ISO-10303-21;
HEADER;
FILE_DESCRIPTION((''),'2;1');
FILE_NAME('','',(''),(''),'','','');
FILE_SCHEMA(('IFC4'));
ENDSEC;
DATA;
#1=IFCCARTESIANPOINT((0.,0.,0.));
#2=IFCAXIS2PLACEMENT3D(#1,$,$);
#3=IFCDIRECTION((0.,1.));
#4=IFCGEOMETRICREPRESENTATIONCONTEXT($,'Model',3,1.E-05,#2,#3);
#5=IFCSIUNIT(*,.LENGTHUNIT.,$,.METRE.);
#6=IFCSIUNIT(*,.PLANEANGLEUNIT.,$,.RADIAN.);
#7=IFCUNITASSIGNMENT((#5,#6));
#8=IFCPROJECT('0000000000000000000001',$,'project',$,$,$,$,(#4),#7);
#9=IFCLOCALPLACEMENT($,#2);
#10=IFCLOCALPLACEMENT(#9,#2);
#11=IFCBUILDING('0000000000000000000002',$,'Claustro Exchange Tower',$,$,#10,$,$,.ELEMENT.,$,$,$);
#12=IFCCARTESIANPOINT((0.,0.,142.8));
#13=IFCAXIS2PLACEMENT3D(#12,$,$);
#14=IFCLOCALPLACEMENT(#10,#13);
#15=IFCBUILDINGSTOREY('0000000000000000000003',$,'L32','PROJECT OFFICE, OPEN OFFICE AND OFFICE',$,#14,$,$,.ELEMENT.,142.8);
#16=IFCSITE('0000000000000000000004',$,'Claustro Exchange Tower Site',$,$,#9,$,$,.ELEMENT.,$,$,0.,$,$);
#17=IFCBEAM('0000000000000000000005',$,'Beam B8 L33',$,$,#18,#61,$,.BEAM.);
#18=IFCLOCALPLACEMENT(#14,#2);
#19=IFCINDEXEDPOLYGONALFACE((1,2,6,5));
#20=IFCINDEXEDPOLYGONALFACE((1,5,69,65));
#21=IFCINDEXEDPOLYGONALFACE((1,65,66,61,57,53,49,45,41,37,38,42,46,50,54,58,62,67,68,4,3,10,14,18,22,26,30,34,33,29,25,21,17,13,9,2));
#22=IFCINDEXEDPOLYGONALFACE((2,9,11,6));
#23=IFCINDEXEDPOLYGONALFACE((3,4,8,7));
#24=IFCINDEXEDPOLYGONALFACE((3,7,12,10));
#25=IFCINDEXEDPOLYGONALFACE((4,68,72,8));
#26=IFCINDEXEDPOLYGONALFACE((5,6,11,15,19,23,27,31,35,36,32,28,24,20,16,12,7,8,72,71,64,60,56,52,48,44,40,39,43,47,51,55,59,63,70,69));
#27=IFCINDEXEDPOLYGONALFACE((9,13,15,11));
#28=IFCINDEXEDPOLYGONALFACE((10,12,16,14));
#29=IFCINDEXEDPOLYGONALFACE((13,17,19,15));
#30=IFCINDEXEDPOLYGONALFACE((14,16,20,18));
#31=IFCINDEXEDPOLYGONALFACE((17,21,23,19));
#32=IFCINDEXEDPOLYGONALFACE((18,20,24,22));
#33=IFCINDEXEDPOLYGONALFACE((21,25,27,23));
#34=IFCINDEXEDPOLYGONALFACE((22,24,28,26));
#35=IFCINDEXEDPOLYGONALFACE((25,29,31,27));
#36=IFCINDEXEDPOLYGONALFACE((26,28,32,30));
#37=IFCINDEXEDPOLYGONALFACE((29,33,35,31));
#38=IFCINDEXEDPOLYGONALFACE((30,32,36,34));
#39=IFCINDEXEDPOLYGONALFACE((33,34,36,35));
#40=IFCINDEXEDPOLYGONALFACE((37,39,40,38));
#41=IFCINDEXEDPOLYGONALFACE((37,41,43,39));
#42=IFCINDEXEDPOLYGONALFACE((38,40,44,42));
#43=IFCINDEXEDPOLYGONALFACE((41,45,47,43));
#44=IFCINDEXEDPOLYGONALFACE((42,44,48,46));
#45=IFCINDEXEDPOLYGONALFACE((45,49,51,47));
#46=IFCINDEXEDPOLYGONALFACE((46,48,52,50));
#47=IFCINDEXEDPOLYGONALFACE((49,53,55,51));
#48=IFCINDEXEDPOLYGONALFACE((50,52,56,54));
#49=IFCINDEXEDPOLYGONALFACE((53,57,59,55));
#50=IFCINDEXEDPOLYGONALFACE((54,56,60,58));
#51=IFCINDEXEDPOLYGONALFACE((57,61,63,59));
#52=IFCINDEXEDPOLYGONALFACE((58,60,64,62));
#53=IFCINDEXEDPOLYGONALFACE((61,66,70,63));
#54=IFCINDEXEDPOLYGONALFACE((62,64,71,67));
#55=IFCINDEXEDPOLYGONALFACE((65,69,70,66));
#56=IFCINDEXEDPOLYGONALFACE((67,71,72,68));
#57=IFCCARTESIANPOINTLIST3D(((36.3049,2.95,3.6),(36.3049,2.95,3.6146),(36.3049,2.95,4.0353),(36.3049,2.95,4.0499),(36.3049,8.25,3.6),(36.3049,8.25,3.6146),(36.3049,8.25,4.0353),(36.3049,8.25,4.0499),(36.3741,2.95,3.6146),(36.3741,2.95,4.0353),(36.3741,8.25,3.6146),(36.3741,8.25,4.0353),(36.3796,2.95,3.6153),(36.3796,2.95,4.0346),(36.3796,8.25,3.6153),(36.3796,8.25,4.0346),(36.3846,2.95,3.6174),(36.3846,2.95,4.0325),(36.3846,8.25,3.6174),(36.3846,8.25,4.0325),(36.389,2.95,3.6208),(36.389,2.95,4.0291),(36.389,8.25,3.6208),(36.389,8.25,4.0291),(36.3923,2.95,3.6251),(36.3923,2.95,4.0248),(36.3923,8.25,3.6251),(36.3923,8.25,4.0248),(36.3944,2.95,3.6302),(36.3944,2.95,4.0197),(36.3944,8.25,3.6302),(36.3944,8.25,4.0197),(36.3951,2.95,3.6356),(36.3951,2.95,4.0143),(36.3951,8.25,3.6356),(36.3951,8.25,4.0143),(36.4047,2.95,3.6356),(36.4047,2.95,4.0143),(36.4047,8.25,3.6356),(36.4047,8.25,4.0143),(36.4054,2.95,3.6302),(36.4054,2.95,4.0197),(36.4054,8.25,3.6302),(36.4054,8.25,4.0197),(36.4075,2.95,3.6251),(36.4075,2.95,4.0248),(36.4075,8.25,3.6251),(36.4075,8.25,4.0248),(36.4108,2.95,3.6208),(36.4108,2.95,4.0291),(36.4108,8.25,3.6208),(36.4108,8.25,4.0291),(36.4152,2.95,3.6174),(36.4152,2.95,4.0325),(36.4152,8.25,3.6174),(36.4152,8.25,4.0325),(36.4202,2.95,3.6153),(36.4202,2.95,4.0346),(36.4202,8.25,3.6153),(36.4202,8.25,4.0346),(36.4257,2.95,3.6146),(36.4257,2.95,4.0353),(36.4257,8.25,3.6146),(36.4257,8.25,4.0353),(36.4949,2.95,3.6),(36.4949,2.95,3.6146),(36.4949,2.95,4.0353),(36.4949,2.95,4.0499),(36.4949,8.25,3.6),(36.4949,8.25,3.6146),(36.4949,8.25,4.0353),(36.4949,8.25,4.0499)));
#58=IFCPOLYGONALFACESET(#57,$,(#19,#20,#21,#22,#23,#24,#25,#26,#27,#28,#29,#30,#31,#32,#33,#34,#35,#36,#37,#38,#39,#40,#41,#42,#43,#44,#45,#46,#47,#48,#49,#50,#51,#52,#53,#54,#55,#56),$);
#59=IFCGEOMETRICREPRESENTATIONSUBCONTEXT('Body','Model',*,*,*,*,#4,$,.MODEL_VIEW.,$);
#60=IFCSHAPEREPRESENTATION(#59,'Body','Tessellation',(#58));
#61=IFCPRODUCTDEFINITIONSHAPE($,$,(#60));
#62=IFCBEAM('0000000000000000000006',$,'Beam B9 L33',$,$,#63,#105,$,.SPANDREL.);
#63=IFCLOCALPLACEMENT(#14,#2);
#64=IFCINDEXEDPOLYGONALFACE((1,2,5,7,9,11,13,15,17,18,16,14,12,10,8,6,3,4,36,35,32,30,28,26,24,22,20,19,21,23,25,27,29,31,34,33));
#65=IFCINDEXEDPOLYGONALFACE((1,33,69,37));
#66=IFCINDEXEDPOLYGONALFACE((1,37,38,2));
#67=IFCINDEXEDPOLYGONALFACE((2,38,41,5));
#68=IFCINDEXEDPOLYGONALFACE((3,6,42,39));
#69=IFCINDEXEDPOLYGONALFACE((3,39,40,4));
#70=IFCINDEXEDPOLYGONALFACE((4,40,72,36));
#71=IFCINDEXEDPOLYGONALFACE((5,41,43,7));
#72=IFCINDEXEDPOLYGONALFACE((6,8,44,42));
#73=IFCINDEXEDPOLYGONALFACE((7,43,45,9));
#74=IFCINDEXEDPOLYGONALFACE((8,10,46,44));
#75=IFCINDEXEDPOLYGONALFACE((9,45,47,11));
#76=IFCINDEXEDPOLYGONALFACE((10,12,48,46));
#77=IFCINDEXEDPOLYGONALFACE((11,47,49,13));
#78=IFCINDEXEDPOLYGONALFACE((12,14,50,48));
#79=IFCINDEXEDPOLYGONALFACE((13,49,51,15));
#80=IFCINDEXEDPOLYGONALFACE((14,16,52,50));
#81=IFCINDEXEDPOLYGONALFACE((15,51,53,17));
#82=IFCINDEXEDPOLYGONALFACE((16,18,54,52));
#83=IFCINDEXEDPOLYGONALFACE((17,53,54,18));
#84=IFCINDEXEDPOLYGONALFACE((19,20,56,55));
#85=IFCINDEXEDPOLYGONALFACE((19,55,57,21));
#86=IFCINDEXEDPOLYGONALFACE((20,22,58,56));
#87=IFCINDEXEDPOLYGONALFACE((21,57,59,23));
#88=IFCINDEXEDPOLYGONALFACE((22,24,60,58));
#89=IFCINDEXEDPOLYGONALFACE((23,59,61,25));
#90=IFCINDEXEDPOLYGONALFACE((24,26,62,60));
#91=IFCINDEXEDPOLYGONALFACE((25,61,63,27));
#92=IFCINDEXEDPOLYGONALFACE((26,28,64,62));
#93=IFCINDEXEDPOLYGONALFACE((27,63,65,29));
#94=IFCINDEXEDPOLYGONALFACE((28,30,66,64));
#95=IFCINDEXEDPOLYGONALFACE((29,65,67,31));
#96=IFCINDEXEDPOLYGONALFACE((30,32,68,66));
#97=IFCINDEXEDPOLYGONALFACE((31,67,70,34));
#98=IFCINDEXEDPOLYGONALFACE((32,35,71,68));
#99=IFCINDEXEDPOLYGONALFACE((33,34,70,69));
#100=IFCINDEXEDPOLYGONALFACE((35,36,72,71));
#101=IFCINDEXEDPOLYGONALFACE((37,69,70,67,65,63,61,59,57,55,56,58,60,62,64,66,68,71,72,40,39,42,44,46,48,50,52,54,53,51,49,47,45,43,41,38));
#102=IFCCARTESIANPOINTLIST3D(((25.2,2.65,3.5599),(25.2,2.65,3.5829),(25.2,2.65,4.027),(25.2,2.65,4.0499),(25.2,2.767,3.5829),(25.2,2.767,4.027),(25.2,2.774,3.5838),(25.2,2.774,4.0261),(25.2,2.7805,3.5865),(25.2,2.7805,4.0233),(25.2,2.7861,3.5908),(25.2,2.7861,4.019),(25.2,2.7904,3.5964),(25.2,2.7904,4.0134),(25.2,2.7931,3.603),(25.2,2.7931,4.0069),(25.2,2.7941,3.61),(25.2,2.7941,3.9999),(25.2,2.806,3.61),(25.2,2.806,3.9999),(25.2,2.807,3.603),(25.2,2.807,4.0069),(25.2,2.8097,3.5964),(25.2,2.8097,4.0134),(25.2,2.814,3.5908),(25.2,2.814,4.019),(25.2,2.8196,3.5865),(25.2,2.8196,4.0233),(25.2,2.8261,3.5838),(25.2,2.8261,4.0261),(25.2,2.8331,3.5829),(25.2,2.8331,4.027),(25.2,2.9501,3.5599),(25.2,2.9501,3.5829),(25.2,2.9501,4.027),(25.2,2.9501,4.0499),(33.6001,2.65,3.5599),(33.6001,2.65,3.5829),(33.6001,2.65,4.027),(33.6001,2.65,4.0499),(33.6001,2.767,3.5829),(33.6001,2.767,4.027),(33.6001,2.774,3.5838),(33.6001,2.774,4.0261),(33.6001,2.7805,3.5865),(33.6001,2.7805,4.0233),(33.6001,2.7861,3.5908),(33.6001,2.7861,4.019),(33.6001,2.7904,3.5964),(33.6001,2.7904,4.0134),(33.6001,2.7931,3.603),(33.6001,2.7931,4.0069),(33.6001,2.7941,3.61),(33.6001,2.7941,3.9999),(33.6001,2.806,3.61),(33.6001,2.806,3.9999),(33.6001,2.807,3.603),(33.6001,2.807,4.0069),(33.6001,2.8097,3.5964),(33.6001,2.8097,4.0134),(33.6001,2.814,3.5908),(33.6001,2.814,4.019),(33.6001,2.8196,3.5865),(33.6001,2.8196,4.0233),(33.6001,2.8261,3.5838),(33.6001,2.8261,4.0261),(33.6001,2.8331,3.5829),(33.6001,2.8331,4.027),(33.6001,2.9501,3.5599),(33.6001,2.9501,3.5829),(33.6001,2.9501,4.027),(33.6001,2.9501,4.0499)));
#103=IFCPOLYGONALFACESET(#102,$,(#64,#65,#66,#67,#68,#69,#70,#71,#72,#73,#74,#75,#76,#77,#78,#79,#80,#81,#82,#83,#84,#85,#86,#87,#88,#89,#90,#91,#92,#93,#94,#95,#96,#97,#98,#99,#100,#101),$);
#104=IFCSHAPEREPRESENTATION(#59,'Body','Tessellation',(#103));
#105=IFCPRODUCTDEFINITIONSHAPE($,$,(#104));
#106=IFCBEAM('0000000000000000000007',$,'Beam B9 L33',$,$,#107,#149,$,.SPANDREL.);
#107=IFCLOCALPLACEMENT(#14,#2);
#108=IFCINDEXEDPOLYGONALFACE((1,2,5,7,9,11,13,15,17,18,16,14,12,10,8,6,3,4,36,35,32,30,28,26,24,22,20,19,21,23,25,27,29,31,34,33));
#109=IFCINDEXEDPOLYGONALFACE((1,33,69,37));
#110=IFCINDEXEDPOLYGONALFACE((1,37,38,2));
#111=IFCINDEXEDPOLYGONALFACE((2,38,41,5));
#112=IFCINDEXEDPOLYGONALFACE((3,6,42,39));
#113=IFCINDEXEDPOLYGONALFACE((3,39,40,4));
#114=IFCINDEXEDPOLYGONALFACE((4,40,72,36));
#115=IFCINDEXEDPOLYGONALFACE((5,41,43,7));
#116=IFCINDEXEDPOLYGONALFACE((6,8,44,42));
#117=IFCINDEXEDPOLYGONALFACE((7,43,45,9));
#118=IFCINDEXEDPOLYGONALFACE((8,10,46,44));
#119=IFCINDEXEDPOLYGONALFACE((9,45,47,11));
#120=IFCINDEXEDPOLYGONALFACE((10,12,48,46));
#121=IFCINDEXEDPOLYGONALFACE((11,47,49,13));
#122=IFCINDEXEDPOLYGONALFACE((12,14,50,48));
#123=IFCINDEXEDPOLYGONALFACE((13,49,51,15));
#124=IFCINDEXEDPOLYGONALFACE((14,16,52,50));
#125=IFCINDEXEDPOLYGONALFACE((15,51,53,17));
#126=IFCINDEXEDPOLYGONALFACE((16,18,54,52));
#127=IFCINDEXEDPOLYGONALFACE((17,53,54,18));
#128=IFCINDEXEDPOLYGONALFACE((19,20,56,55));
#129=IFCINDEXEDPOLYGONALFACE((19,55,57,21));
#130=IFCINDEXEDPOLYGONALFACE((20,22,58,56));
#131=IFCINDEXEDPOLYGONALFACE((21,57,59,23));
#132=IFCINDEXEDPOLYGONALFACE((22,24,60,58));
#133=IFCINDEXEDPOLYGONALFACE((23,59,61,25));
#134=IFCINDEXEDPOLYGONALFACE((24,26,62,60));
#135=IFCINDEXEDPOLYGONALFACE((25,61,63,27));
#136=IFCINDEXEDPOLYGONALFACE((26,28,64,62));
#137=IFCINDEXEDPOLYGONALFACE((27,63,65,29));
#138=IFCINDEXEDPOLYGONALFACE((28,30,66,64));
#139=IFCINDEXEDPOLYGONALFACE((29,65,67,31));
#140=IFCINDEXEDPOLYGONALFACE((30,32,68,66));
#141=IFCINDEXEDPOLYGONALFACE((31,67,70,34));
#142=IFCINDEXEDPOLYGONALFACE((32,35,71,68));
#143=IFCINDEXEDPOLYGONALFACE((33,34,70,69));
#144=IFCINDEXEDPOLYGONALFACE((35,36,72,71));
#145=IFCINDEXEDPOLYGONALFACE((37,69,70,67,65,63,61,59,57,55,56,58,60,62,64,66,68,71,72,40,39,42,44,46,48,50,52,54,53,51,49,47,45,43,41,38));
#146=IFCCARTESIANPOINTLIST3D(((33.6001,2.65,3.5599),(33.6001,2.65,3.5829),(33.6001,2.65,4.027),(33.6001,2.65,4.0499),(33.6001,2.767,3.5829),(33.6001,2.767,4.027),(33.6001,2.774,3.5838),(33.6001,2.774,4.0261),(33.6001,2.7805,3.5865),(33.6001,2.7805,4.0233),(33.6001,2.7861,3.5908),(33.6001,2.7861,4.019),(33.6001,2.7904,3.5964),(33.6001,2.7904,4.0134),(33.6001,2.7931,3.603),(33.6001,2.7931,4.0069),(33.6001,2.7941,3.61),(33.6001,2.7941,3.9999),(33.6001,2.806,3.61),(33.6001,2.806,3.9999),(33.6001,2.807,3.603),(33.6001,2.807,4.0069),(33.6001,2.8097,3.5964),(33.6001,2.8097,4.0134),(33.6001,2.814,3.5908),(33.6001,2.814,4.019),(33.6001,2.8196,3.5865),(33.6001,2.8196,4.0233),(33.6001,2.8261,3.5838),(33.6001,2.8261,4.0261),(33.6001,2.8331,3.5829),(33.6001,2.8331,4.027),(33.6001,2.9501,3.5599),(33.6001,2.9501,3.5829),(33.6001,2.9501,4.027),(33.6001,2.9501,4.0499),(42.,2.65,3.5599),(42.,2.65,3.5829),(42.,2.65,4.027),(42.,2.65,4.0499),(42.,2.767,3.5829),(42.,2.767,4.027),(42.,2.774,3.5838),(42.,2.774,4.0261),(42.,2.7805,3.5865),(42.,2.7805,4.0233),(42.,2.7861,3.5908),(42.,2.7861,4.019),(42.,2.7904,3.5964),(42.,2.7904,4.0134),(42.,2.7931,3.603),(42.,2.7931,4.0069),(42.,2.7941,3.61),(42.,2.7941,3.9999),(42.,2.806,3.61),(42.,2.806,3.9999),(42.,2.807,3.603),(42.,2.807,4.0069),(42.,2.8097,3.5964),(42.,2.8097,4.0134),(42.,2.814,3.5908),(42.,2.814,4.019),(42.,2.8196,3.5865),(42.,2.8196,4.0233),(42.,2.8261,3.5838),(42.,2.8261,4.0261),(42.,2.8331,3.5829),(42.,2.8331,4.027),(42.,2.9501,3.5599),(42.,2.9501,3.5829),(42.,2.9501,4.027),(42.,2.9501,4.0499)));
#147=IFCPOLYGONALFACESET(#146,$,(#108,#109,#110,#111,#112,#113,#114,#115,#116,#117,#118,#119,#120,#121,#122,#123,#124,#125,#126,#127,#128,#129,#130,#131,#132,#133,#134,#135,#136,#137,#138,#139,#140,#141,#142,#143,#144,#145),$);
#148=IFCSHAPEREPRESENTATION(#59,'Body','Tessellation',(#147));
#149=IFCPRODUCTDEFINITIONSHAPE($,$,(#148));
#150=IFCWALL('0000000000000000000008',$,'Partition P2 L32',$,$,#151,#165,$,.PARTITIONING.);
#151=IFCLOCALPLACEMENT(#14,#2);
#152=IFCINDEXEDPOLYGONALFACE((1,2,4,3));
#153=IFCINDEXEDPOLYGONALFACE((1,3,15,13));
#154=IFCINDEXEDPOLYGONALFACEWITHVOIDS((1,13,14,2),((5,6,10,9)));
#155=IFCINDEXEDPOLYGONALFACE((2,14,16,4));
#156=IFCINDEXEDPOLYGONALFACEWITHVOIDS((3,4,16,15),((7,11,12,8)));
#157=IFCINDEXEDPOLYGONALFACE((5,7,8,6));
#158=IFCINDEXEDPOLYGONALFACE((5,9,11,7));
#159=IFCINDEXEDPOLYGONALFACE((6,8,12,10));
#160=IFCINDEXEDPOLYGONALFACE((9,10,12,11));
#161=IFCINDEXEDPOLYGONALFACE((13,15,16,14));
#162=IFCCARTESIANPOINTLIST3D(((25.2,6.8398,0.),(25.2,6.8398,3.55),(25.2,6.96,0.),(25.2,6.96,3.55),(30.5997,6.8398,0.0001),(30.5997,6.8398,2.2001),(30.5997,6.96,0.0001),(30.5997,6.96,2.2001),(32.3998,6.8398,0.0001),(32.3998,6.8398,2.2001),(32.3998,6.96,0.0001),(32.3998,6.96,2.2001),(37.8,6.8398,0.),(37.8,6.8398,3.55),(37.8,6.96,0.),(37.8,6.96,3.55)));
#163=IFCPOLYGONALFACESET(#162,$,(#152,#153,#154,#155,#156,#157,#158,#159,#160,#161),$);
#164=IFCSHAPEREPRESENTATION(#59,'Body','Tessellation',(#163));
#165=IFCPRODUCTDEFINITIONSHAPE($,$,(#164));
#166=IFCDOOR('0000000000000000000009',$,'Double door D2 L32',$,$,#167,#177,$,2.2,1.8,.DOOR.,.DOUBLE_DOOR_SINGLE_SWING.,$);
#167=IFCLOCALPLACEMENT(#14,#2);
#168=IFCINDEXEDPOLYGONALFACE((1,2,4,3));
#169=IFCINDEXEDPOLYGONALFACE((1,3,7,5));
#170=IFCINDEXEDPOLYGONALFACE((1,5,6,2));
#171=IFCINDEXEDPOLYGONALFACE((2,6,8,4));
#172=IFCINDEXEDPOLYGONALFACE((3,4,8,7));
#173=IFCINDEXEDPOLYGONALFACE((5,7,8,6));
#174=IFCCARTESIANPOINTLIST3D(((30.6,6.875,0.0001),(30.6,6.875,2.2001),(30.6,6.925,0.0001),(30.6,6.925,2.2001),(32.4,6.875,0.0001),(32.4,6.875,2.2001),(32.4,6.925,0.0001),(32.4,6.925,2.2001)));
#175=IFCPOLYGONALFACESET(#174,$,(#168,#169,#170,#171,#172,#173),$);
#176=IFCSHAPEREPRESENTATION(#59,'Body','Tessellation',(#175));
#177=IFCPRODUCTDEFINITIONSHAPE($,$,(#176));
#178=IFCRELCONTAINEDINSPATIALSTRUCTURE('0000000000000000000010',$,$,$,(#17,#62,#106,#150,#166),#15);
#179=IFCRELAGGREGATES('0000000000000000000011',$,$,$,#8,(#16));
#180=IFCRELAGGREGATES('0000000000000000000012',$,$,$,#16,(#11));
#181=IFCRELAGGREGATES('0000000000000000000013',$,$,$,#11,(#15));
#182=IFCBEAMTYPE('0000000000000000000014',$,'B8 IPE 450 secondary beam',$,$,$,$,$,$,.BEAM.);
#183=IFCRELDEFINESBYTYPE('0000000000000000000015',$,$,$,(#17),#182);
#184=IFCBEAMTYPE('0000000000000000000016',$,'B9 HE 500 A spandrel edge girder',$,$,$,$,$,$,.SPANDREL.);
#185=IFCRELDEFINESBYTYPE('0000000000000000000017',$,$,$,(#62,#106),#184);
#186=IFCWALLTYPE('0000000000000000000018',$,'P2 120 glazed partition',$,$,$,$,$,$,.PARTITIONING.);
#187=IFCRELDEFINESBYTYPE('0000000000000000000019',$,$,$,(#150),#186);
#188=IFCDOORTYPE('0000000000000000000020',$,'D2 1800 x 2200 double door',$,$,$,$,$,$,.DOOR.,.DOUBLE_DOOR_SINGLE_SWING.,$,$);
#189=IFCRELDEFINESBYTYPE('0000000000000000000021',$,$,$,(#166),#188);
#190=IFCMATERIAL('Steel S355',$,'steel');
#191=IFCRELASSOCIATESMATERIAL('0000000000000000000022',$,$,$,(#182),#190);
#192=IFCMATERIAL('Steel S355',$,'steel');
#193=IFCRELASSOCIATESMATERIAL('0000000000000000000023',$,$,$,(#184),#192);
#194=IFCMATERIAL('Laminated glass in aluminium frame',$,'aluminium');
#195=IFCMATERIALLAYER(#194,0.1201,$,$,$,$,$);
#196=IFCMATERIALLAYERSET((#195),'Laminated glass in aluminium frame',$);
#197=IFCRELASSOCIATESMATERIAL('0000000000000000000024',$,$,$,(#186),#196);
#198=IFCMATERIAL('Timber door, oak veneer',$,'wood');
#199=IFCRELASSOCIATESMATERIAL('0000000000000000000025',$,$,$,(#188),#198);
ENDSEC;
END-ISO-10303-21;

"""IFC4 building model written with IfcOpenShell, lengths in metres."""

from ifc_helpers import new_model, si_unit, direction, frame, frame_2d, origin, origin_2d, place, context, subcontext, project, spatial, rectangle, i_section, extrude, material, layer, layer_set, material_profile, profile_set, type_object, element, fill, save


model = new_model("IFC4")

# Units and contexts
model_context = context("Model", 3, precision=1e-05, world=origin(), true_north=direction((0.0, 1.0)))
body_context = subcontext(model_context, "Body", "Model", "MODEL_VIEW")
ifc_project = project(units=[si_unit("LENGTHUNIT", "METRE"), si_unit("PLANEANGLEUNIT", "RADIAN")], contexts=[model_context])

# Site, building, storey
site_placement = place(None, origin())
site = spatial("IfcSite", under=ifc_project, at=site_placement, Name="Claustro Exchange Tower Site", CompositionType="ELEMENT", RefElevation=0.0)
building_placement = place(site_placement, origin())
building = spatial("IfcBuilding", under=site, at=building_placement, Name="Claustro Exchange Tower", CompositionType="ELEMENT")
storey_placement = place(building_placement, frame((0.0, 0.0, 142.8)))
storey = spatial("IfcBuildingStorey", under=building, at=storey_placement, Name="L32", Description="PROJECT OFFICE, OPEN OFFICE AND OFFICE", CompositionType="ELEMENT", Elevation=142.8)

# Beams
ifc_material_1 = material(Name="Steel S355", Category="steel")
ifc_material_profile_1 = material_profile(ifc_material_1, i_section(OverallWidth=0.1899, OverallDepth=0.45, WebThickness=0.0095, FlangeThickness=0.0146, FilletRadius=0.021, at=origin_2d()), Name="IPE 450")
ifc_profile_set_1 = profile_set([ifc_material_profile_1], Name="Steel S355")
beam_type_1 = type_object("IfcBeamType", Name="B8 IPE 450 secondary beam", PredefinedType="BEAM", material=ifc_profile_set_1)
for number, where, z_axis, x_axis, name in (
    (1, (36.3999, 2.95, 3.825), (0.0, 1.0, 0.0), (-1.0, 0.0, 0.0), "Beam B8 L33"),
):
    element("IfcBeam", number, at=place(storey_placement, frame(where, z_axis=z_axis, x_axis=x_axis)), inside=storey, type_object=beam_type_1, Name=name, PredefinedType="BEAM", context=body_context, shape_type="SweptSolid", body=[
        extrude(i_section(OverallWidth=0.1899, OverallDepth=0.45, WebThickness=0.0095, FlangeThickness=0.0146, FilletRadius=0.021, at=origin_2d()), origin(), (0.0, 0.0, 1.0), 5.3),
    ])
ifc_material_2 = material(Name="Steel S355", Category="steel")
ifc_material_profile_2 = material_profile(ifc_material_2, i_section(OverallWidth=0.3, OverallDepth=0.49, WebThickness=0.012, FlangeThickness=0.0229, FilletRadius=0.0271, at=origin_2d()), Name="HE 500 A")
ifc_profile_set_2 = profile_set([ifc_material_profile_2], Name="Steel S355")
beam_type_2 = type_object("IfcBeamType", Name="B9 HE 500 A spandrel edge girder", PredefinedType="SPANDREL", material=ifc_profile_set_2)
beam_1_placement = place(storey_placement, frame((25.2, 2.8, 3.8049), z_axis=(1.0, 0.0, 0.0), x_axis=(0.0, 1.0, 0.0)))
element("IfcBeam", 2, at=beam_1_placement, inside=storey, type_object=beam_type_2, Name="Beam B9 L33", PredefinedType="SPANDREL", context=body_context, shape_type="SweptSolid", body=[
    extrude(i_section(OverallWidth=0.3, OverallDepth=0.49, WebThickness=0.012, FlangeThickness=0.0229, FilletRadius=0.0271, at=origin_2d()), origin(), (0.0, 0.0, 1.0), 8.4001),
])
beam_2_placement = place(storey_placement, frame((33.6001, 2.8, 3.8049), z_axis=(1.0, 0.0, 0.0), x_axis=(0.0, 1.0, 0.0)))
element("IfcBeam", 3, at=beam_2_placement, inside=storey, type_object=beam_type_2, Name="Beam B9 L33", PredefinedType="SPANDREL", context=body_context, shape_type="SweptSolid", body=[
    extrude(i_section(OverallWidth=0.3, OverallDepth=0.49, WebThickness=0.012, FlangeThickness=0.0229, FilletRadius=0.0271, at=origin_2d()), origin(), (0.0, 0.0, 1.0), 8.3999),
])

# Wall, opening, door
ifc_material_3 = material(Name="Laminated glass in aluminium frame", Category="aluminium")
ifc_layer_1 = layer(ifc_material_3, 0.1201)
ifc_layer_set_1 = layer_set([ifc_layer_1], Name="Laminated glass in aluminium frame")
wall_type_1 = type_object("IfcWallType", Name="P2 120 glazed partition", PredefinedType="PARTITIONING", material=ifc_layer_set_1)
wall_1_placement = place(storey_placement, frame((25.2, 6.8999, 0.0), z_axis=(0.0, 0.0, 1.0), x_axis=(1.0, 0.0, 0.0)))
wall_1 = element("IfcWall", 4, at=wall_1_placement, inside=storey, type_object=wall_type_1, Name="Partition P2 L32", PredefinedType="PARTITIONING", context=body_context, shape_type="SweptSolid", body=[
    extrude(rectangle(XDim=12.6001, YDim=0.1201, at=frame_2d((6.3, 0.0))), origin(), (0.0, 0.0, 1.0), 3.55),
])
opening_1_placement = place(wall_1_placement, frame((5.3999, 0.0, 0.0)))
opening_1 = element("IfcOpeningElement", 5, at=opening_1_placement, cuts=wall_1, PredefinedType="OPENING", context=body_context, shape_type="SweptSolid", body=[
    extrude(rectangle(XDim=1.8, YDim=2.2, at=frame_2d((0.8999, 1.1001))), frame((0.0, 0.0701, 0.0), z_axis=(0.0, -1.0, 0.0), x_axis=(1.0, 0.0, 0.0)), (0.0, 0.0, 1.0), 0.1401),
])
ifc_material_4 = material(Name="Timber door, oak veneer", Category="wood")
door_type = type_object("IfcDoorType", Name="D2 1800 x 2200 double door", OperationType="DOUBLE_DOOR_SINGLE_SWING", PredefinedType="DOOR", material=ifc_material_4)
door_placement = place(opening_1_placement, frame((1.8, 0.0, 0.0), z_axis=(0.0, 0.0, 1.0), x_axis=(-1.0, 0.0, 0.0)))
door = element("IfcDoor", 6, at=door_placement, inside=storey, type_object=door_type, Name="Double door D2 L32", OperationType="DOUBLE_DOOR_SINGLE_SWING", OverallHeight=2.2, OverallWidth=1.8, PredefinedType="DOOR", context=body_context, shape_type="SweptSolid", body=[
    extrude(rectangle(XDim=1.8, YDim=2.2, at=frame_2d((0.8999, 1.1001))), frame((0.0, 0.0249, 0.0), z_axis=(0.0, -1.0, 0.0), x_axis=(1.0, 0.0, 0.0)), (0.0, 0.0, 1.0), 0.05),
])
fill(opening_1, door)

save(model, "model.ifc")
